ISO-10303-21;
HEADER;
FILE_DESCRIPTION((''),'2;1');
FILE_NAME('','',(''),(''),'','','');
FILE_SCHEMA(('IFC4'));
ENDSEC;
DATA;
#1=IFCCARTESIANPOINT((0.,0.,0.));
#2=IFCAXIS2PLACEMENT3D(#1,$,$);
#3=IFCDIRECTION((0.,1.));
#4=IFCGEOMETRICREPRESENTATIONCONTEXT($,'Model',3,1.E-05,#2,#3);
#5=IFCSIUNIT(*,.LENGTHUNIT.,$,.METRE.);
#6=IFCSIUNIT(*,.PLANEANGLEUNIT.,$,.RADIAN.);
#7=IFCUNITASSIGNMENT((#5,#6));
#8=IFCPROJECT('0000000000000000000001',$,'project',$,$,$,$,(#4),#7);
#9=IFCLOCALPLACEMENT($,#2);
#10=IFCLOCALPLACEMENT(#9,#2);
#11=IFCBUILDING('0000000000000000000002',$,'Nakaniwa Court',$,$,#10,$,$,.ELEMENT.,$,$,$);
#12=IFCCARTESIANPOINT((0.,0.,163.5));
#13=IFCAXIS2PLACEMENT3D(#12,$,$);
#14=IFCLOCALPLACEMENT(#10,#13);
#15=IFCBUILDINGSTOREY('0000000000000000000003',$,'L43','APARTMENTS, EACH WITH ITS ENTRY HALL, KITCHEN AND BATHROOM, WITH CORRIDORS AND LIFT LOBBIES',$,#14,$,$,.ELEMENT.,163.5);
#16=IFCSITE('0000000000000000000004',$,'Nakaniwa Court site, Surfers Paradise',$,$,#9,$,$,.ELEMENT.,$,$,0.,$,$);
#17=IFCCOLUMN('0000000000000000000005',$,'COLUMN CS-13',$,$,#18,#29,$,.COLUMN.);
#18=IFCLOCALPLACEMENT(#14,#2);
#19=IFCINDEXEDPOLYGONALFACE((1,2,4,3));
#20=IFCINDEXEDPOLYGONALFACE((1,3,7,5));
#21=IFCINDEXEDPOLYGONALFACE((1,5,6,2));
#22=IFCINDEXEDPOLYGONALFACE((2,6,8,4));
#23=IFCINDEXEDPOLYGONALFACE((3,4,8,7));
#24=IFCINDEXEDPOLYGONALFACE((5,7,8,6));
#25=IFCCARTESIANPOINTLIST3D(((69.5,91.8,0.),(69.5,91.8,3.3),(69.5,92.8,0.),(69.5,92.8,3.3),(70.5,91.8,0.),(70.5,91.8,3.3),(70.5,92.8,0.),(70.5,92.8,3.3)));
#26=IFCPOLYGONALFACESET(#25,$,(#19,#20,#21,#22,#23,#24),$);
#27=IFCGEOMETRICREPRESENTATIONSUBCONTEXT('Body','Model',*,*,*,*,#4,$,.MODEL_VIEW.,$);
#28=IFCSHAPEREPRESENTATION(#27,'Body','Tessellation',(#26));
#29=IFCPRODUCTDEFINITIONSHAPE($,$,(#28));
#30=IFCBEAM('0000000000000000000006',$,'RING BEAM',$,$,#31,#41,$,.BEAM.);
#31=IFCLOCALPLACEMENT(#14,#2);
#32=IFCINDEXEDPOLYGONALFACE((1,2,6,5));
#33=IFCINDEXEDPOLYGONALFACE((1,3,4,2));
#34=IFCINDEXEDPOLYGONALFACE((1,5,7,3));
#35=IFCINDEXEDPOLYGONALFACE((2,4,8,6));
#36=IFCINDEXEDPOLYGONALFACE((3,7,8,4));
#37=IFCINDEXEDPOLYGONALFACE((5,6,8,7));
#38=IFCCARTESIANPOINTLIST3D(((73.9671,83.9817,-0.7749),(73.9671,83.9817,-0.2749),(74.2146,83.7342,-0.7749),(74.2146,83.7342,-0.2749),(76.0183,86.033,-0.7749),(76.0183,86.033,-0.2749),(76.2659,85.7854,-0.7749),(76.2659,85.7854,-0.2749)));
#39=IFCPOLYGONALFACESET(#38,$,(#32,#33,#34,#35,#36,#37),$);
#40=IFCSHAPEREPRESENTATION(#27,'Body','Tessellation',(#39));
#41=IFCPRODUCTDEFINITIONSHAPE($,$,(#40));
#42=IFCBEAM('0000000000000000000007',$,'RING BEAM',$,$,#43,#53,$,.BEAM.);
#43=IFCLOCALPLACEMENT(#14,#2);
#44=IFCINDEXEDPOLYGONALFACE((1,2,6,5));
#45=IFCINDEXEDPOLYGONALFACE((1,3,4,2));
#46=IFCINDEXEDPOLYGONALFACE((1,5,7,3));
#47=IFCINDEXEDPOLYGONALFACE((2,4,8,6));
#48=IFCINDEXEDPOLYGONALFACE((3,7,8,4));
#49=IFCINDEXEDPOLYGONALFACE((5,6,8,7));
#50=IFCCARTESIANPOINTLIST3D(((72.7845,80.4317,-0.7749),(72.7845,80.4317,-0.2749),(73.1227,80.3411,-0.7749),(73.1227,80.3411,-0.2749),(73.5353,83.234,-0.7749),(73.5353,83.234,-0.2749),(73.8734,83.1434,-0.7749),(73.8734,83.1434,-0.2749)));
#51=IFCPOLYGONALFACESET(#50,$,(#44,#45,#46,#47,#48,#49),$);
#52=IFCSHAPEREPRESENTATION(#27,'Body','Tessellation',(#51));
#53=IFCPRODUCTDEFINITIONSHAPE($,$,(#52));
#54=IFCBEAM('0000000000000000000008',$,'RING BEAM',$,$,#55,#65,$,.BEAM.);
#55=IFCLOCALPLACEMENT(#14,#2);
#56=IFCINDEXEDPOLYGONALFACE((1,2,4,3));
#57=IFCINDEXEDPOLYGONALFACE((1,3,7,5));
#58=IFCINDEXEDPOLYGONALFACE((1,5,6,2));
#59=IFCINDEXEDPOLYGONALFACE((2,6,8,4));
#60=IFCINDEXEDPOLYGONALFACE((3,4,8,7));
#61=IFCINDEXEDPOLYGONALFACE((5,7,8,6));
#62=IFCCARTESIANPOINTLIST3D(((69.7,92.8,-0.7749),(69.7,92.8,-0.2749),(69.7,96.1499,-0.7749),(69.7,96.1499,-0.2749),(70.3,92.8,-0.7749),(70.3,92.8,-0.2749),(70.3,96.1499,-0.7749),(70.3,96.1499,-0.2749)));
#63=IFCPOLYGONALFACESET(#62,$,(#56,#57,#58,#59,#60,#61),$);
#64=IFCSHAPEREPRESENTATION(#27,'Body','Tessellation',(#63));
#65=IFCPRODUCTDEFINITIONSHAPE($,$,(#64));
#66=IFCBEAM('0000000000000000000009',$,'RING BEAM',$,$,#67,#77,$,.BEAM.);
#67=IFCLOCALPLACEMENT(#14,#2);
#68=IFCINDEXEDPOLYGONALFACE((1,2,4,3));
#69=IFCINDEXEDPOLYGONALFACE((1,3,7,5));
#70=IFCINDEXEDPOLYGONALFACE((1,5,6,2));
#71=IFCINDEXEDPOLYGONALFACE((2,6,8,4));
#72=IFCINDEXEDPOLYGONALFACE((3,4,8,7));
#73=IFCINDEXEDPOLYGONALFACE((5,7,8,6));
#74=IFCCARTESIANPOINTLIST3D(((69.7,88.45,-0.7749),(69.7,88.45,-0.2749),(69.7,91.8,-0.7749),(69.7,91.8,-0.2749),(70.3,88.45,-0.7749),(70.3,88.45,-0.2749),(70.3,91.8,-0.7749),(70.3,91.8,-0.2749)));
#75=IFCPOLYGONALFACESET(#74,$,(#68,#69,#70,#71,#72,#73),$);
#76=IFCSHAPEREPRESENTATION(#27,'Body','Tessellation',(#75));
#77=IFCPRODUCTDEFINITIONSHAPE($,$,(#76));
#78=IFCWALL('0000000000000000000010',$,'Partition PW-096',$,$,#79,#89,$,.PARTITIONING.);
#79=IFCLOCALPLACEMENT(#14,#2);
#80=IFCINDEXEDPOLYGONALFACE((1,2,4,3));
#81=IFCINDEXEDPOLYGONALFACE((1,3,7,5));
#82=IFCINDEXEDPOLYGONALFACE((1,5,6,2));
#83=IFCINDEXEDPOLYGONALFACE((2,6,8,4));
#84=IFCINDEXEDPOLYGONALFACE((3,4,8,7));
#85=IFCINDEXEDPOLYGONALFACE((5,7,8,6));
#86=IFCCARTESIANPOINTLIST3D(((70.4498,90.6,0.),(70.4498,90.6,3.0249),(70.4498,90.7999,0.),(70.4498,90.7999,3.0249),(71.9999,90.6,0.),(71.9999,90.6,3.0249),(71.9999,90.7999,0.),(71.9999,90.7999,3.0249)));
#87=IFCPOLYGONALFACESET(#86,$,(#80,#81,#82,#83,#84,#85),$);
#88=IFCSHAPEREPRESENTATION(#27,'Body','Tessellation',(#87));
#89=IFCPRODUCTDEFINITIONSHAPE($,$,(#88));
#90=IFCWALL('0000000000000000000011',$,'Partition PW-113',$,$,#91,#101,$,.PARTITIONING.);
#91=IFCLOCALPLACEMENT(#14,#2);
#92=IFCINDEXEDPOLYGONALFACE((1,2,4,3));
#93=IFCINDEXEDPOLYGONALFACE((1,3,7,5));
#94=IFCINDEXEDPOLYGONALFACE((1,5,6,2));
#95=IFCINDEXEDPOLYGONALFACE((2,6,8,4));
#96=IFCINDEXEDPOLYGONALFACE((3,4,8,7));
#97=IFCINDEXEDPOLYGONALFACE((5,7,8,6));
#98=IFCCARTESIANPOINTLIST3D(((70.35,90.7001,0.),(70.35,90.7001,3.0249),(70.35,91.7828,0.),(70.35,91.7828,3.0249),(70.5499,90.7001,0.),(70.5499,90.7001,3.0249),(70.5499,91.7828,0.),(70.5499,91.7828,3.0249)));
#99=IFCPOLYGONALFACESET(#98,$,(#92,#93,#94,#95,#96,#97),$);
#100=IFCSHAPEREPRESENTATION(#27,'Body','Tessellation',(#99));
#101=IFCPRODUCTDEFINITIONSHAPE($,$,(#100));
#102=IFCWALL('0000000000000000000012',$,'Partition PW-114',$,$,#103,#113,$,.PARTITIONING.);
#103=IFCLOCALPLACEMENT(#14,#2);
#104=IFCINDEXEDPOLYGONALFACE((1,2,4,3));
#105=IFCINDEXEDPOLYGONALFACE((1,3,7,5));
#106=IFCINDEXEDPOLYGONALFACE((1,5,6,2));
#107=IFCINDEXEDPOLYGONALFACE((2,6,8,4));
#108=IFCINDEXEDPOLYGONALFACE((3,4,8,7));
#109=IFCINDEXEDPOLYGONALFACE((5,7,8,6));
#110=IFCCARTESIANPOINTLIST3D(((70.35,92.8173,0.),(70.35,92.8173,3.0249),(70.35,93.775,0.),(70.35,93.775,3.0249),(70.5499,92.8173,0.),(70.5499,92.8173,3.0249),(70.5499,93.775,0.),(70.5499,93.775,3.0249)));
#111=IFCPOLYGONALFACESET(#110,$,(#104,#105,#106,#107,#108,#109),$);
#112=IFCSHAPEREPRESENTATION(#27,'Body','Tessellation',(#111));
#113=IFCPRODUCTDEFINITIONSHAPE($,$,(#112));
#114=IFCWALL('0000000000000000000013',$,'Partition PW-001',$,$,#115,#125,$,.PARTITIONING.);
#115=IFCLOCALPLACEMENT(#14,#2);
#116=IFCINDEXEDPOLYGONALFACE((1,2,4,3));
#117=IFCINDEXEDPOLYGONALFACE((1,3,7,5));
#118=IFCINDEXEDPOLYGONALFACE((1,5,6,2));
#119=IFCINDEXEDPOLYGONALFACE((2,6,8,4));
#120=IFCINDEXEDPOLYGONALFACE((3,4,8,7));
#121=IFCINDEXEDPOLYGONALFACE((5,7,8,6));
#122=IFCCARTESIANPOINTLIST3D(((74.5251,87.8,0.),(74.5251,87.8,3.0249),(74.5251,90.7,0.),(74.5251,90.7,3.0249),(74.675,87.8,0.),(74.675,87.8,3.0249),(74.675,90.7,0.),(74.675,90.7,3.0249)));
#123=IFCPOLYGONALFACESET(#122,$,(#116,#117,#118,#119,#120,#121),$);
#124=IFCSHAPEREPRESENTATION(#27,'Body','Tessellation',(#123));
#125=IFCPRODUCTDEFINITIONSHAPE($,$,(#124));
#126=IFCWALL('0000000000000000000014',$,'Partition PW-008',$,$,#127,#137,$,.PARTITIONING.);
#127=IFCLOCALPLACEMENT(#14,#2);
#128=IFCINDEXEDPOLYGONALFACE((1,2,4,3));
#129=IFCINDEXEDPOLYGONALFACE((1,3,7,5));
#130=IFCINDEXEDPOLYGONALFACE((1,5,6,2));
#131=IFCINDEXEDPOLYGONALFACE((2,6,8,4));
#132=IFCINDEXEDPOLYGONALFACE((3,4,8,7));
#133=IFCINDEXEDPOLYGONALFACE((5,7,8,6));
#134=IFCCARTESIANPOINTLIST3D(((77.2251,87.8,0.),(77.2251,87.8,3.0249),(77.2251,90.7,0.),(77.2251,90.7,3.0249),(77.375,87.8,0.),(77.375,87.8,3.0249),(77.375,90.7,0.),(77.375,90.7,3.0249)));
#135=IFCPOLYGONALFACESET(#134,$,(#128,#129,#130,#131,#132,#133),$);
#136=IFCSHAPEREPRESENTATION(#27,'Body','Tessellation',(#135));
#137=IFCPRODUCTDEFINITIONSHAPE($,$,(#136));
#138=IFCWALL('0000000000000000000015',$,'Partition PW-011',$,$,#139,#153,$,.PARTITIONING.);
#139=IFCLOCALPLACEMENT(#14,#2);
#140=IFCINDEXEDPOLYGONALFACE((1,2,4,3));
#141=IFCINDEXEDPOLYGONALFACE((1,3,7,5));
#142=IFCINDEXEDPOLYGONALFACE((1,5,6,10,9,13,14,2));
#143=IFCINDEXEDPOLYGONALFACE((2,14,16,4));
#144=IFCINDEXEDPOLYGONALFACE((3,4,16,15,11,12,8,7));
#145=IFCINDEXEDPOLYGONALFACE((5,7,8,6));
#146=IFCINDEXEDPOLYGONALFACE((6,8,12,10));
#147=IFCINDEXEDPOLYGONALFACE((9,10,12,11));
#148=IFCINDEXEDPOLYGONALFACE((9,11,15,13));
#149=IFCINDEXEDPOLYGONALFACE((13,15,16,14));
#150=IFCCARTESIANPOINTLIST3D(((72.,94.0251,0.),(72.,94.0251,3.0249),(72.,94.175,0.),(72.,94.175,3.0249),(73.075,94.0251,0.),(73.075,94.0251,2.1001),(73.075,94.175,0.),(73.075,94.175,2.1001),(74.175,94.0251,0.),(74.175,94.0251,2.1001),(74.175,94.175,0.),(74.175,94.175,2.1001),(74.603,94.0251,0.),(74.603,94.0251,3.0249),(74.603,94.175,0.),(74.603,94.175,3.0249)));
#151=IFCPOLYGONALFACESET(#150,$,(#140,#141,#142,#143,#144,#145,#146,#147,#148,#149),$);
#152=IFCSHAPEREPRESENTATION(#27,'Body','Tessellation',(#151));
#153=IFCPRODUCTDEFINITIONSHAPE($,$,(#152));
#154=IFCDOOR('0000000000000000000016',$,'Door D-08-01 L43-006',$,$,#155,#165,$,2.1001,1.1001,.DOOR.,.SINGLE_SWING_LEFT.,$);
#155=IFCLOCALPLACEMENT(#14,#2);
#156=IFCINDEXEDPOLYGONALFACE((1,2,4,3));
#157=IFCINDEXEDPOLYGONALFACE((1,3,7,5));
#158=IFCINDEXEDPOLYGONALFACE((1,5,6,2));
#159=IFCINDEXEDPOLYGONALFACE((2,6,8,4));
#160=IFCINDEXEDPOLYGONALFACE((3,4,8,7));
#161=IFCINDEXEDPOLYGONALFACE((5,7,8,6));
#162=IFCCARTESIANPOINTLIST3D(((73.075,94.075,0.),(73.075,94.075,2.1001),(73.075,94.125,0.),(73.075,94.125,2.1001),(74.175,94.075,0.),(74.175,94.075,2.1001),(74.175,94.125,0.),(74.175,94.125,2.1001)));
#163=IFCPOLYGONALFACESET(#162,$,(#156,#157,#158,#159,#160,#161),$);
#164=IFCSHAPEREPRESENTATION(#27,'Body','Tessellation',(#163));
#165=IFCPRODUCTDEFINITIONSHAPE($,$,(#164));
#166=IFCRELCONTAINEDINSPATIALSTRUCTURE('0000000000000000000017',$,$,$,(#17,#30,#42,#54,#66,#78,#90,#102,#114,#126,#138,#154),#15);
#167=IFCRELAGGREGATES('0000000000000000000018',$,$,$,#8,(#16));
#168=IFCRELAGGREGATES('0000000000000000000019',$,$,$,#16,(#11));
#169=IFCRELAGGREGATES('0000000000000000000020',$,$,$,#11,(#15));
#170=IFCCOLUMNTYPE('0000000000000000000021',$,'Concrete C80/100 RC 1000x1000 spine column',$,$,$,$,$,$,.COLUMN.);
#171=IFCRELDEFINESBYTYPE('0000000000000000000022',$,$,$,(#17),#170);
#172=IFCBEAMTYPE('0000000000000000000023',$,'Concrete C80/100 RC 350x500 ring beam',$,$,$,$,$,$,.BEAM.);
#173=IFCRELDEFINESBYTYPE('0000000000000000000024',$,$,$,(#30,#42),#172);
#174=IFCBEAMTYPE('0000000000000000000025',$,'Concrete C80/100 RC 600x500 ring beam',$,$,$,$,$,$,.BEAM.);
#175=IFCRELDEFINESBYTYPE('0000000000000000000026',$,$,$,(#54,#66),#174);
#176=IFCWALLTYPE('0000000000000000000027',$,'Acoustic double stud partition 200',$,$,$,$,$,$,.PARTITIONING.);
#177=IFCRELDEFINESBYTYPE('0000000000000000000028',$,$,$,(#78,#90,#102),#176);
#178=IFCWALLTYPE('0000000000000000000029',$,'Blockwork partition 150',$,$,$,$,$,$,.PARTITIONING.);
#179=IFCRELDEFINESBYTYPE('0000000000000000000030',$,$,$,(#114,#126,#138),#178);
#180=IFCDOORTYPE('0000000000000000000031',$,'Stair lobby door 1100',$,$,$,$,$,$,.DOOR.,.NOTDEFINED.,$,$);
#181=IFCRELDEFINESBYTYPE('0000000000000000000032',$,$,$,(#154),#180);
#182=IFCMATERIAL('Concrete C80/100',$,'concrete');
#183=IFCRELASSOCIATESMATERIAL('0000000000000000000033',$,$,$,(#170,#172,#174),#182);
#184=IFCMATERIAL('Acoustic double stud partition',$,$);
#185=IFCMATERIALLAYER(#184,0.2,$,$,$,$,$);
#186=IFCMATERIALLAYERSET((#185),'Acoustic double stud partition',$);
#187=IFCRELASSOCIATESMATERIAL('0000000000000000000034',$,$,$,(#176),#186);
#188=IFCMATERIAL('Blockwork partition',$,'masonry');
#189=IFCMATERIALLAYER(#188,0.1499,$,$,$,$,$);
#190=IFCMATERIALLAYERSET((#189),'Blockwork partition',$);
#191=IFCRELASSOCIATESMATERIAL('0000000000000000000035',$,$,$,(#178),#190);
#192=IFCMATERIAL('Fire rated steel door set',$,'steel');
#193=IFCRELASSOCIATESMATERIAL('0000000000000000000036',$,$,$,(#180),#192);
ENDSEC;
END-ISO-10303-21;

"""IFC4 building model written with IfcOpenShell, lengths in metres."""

from ifc_helpers import new_model, si_unit, direction, frame, frame_2d, origin, origin_2d, place, context, subcontext, project, spatial, rectangle, extrude, material, layer, layer_set, material_profile, profile_set, type_object, element, fill, save


model = new_model("IFC4")

# Units and contexts
model_context = context("Model", 3, precision=1e-05, world=origin(), true_north=direction((0.0, 1.0)))
body_context = subcontext(model_context, "Body", "Model", "MODEL_VIEW")
ifc_project = project(units=[si_unit("LENGTHUNIT", "METRE"), si_unit("PLANEANGLEUNIT", "RADIAN")], contexts=[model_context])

# Site, building, storey
site_placement = place(None, origin())
site = spatial("IfcSite", under=ifc_project, at=site_placement, Name="Nakaniwa Court site, Surfers Paradise", CompositionType="ELEMENT", RefElevation=0.0)
building_placement = place(site_placement, origin())
building = spatial("IfcBuilding", under=site, at=building_placement, Name="Nakaniwa Court", CompositionType="ELEMENT")
storey_placement = place(building_placement, frame((0.0, 0.0, 163.5)))
storey = spatial("IfcBuildingStorey", under=building, at=storey_placement, Name="L43", Description="APARTMENTS, EACH WITH ITS ENTRY HALL, KITCHEN AND BATHROOM, WITH CORRIDORS AND LIFT LOBBIES", CompositionType="ELEMENT", Elevation=163.5)

# Column
ifc_material_1 = material(Name="Concrete C80/100", Category="concrete")
ifc_material_profile_1 = material_profile(ifc_material_1, rectangle(XDim=1.0, YDim=1.0, at=origin_2d()), Name="Concrete C80/100 RC 1000x1000 spine column")
ifc_profile_set_1 = profile_set([ifc_material_profile_1], Name="Concrete C80/100")
column_type_1 = type_object("IfcColumnType", Name="Concrete C80/100 RC 1000x1000 spine column", PredefinedType="COLUMN", material=ifc_profile_set_1)
column_placement = place(storey_placement, frame((70.0, 92.3, 0.0), z_axis=(0.0, 0.0, 1.0), x_axis=(0.0, -1.0, 0.0)))
element("IfcColumn", 1, at=column_placement, inside=storey, type_object=column_type_1, Name="COLUMN CS-13", PredefinedType="COLUMN", context=body_context, shape_type="SweptSolid", body=[
    extrude(rectangle(XDim=1.0, YDim=1.0, at=origin_2d()), origin(), (0.0, 0.0, 1.0), 3.3),
])

# Beams
ifc_material_profile_2 = material_profile(ifc_material_1, rectangle(XDim=0.3501, YDim=0.5, at=origin_2d()), Name="Concrete C80/100 RC 350x500 ring beam")
ifc_profile_set_2 = profile_set([ifc_material_profile_2], Name="Concrete C80/100")
beam_type_1 = type_object("IfcBeamType", Name="Concrete C80/100 RC 350x500 ring beam", PredefinedType="BEAM", material=ifc_profile_set_2)
beam_1_placement = place(storey_placement, frame((76.1421, 85.9092, -0.5249), z_axis=(-0.707107, -0.707107, 0.0), x_axis=(0.707107, -0.707107, 0.0)))
element("IfcBeam", 2, at=beam_1_placement, inside=storey, type_object=beam_type_1, Name="RING BEAM", PredefinedType="BEAM", context=body_context, shape_type="SweptSolid", body=[
    extrude(rectangle(XDim=0.3501, YDim=0.5, at=origin_2d()), origin(), (0.0, 0.0, 1.0), 2.9009),
])
beam_2_placement = place(storey_placement, frame((73.7043, 83.1887, -0.5249), z_axis=(-0.258778, -0.965937, 0.0), x_axis=(0.965937, -0.258778, 0.0)))
element("IfcBeam", 3, at=beam_2_placement, inside=storey, type_object=beam_type_1, Name="RING BEAM", PredefinedType="BEAM", context=body_context, shape_type="SweptSolid", body=[
    extrude(rectangle(XDim=0.3501, YDim=0.5, at=origin_2d()), origin(), (0.0, 0.0, 1.0), 2.9011),
])
ifc_material_profile_3 = material_profile(ifc_material_1, rectangle(XDim=0.6001, YDim=0.5, at=origin_2d()), Name="Concrete C80/100 RC 600x500 ring beam")
ifc_profile_set_3 = profile_set([ifc_material_profile_3], Name="Concrete C80/100")
beam_type_2 = type_object("IfcBeamType", Name="Concrete C80/100 RC 600x500 ring beam", PredefinedType="BEAM", material=ifc_profile_set_3)
beam_3_placement = place(storey_placement, frame((70.0, 96.1499, -0.5249), z_axis=(0.0, -1.0, 0.0), x_axis=(1.0, 0.0, 0.0)))
element("IfcBeam", 4, at=beam_3_placement, inside=storey, type_object=beam_type_2, Name="RING BEAM", PredefinedType="BEAM", context=body_context, shape_type="SweptSolid", body=[
    extrude(rectangle(XDim=0.6001, YDim=0.5, at=origin_2d()), origin(), (0.0, 0.0, 1.0), 3.3499),
])
beam_4_placement = place(storey_placement, frame((70.0, 91.8, -0.5249), z_axis=(0.0, -1.0, 0.0), x_axis=(1.0, 0.0, 0.0)))
element("IfcBeam", 5, at=beam_4_placement, inside=storey, type_object=beam_type_2, Name="RING BEAM", PredefinedType="BEAM", context=body_context, shape_type="SweptSolid", body=[
    extrude(rectangle(XDim=0.6001, YDim=0.5, at=origin_2d()), origin(), (0.0, 0.0, 1.0), 3.3501),
])

# Walls
ifc_material_2 = material(Name="Acoustic double stud partition")
ifc_layer_1 = layer(ifc_material_2, 0.2)
ifc_layer_set_1 = layer_set([ifc_layer_1], Name="Acoustic double stud partition")
wall_type_1 = type_object("IfcWallType", Name="Acoustic double stud partition 200", PredefinedType="PARTITIONING", material=ifc_layer_set_1)
wall_1_placement = place(storey_placement, frame((70.45, 90.7, 0.0), z_axis=(0.0, 0.0, 1.0), x_axis=(1.0, 0.0, 0.0)))
element("IfcWall", 6, at=wall_1_placement, inside=storey, type_object=wall_type_1, Name="Partition PW-096", PredefinedType="PARTITIONING", context=body_context, shape_type="SweptSolid", body=[
    extrude(rectangle(XDim=1.55, YDim=0.2, at=frame_2d((0.7749, 0.0))), origin(), (0.0, 0.0, 1.0), 3.0249),
])
wall_2_placement = place(storey_placement, frame((70.45, 90.7, 0.0), z_axis=(0.0, 0.0, 1.0), x_axis=(0.0, 1.0, 0.0)))
element("IfcWall", 7, at=wall_2_placement, inside=storey, type_object=wall_type_1, Name="Partition PW-113", PredefinedType="PARTITIONING", context=body_context, shape_type="SweptSolid", body=[
    extrude(rectangle(XDim=1.0828, YDim=0.2, at=frame_2d((0.5415, 0.0))), origin(), (0.0, 0.0, 1.0), 3.0249),
])
wall_3_placement = place(storey_placement, frame((70.45, 92.8171, 0.0), z_axis=(0.0, 0.0, 1.0), x_axis=(0.0, 1.0, 0.0)))
element("IfcWall", 8, at=wall_3_placement, inside=storey, type_object=wall_type_1, Name="Partition PW-114", PredefinedType="PARTITIONING", context=body_context, shape_type="SweptSolid", body=[
    extrude(rectangle(XDim=0.9578, YDim=0.2, at=frame_2d((0.479, 0.0))), origin(), (0.0, 0.0, 1.0), 3.0249),
])
ifc_material_3 = material(Name="Blockwork partition", Category="masonry")
ifc_layer_2 = layer(ifc_material_3, 0.1499)
ifc_layer_set_2 = layer_set([ifc_layer_2], Name="Blockwork partition")
wall_type_2 = type_object("IfcWallType", Name="Blockwork partition 150", PredefinedType="PARTITIONING", material=ifc_layer_set_2)
for number, where, z_axis, x_axis, name in (
    (9, (74.6001, 87.8, 0.0), (0.0, 0.0, 1.0), (0.0, 1.0, 0.0), "Partition PW-001"),
    (10, (77.3, 87.8, 0.0), (0.0, 0.0, 1.0), (0.0, 1.0, 0.0), "Partition PW-008"),
):
    element("IfcWall", number, at=place(storey_placement, frame(where, z_axis=z_axis, x_axis=x_axis)), inside=storey, type_object=wall_type_2, Name=name, PredefinedType="PARTITIONING", context=body_context, shape_type="SweptSolid", body=[
        extrude(rectangle(XDim=2.8999, YDim=0.1499, at=frame_2d((1.45, 0.0))), origin(), (0.0, 0.0, 1.0), 3.0249),
    ])

# Wall, opening, door
wall_4_placement = place(storey_placement, frame((72.0, 94.1001, 0.0), z_axis=(0.0, 0.0, 1.0), x_axis=(1.0, 0.0, 0.0)))
wall_4 = element("IfcWall", 11, at=wall_4_placement, inside=storey, type_object=wall_type_2, Name="Partition PW-011", PredefinedType="PARTITIONING", context=body_context, shape_type="SweptSolid", body=[
    extrude(rectangle(XDim=2.603, YDim=0.1499, at=frame_2d((1.3015, 0.0))), origin(), (0.0, 0.0, 1.0), 3.0249),
])
opening_1_placement = place(wall_4_placement, frame((1.075, 0.0, 0.0)))
opening_1 = element("IfcOpeningElement", 12, at=opening_1_placement, cuts=wall_4, PredefinedType="OPENING", context=body_context, shape_type="SweptSolid", body=[
    extrude(rectangle(XDim=1.1001, YDim=2.1001, at=frame_2d((0.55, 1.05))), frame((0.0, 0.085, 0.0), z_axis=(0.0, -1.0, 0.0), x_axis=(1.0, 0.0, 0.0)), (0.0, 0.0, 1.0), 0.1699),
])
ifc_material_4 = material(Name="Fire rated steel door set", Category="steel")
door_type_1 = type_object("IfcDoorType", Name="Stair lobby door 1100", OperationType="NOTDEFINED", PredefinedType="DOOR", material=ifc_material_4)
door_1_placement = place(opening_1_placement, origin())
door_1 = element("IfcDoor", 13, at=door_1_placement, inside=storey, type_object=door_type_1, Name="Door D-08-01 L43-006", OperationType="SINGLE_SWING_LEFT", OverallHeight=2.1001, OverallWidth=1.1001, PredefinedType="DOOR", context=body_context, shape_type="SweptSolid", body=[
    extrude(rectangle(XDim=1.1001, YDim=2.1001, at=frame_2d((0.55, 1.05))), frame((0.0, 0.0249, 0.0), z_axis=(0.0, -1.0, 0.0), x_axis=(1.0, 0.0, 0.0)), (0.0, 0.0, 1.0), 0.05),
])
fill(opening_1, door_1)

save(model, "model.ifc")
